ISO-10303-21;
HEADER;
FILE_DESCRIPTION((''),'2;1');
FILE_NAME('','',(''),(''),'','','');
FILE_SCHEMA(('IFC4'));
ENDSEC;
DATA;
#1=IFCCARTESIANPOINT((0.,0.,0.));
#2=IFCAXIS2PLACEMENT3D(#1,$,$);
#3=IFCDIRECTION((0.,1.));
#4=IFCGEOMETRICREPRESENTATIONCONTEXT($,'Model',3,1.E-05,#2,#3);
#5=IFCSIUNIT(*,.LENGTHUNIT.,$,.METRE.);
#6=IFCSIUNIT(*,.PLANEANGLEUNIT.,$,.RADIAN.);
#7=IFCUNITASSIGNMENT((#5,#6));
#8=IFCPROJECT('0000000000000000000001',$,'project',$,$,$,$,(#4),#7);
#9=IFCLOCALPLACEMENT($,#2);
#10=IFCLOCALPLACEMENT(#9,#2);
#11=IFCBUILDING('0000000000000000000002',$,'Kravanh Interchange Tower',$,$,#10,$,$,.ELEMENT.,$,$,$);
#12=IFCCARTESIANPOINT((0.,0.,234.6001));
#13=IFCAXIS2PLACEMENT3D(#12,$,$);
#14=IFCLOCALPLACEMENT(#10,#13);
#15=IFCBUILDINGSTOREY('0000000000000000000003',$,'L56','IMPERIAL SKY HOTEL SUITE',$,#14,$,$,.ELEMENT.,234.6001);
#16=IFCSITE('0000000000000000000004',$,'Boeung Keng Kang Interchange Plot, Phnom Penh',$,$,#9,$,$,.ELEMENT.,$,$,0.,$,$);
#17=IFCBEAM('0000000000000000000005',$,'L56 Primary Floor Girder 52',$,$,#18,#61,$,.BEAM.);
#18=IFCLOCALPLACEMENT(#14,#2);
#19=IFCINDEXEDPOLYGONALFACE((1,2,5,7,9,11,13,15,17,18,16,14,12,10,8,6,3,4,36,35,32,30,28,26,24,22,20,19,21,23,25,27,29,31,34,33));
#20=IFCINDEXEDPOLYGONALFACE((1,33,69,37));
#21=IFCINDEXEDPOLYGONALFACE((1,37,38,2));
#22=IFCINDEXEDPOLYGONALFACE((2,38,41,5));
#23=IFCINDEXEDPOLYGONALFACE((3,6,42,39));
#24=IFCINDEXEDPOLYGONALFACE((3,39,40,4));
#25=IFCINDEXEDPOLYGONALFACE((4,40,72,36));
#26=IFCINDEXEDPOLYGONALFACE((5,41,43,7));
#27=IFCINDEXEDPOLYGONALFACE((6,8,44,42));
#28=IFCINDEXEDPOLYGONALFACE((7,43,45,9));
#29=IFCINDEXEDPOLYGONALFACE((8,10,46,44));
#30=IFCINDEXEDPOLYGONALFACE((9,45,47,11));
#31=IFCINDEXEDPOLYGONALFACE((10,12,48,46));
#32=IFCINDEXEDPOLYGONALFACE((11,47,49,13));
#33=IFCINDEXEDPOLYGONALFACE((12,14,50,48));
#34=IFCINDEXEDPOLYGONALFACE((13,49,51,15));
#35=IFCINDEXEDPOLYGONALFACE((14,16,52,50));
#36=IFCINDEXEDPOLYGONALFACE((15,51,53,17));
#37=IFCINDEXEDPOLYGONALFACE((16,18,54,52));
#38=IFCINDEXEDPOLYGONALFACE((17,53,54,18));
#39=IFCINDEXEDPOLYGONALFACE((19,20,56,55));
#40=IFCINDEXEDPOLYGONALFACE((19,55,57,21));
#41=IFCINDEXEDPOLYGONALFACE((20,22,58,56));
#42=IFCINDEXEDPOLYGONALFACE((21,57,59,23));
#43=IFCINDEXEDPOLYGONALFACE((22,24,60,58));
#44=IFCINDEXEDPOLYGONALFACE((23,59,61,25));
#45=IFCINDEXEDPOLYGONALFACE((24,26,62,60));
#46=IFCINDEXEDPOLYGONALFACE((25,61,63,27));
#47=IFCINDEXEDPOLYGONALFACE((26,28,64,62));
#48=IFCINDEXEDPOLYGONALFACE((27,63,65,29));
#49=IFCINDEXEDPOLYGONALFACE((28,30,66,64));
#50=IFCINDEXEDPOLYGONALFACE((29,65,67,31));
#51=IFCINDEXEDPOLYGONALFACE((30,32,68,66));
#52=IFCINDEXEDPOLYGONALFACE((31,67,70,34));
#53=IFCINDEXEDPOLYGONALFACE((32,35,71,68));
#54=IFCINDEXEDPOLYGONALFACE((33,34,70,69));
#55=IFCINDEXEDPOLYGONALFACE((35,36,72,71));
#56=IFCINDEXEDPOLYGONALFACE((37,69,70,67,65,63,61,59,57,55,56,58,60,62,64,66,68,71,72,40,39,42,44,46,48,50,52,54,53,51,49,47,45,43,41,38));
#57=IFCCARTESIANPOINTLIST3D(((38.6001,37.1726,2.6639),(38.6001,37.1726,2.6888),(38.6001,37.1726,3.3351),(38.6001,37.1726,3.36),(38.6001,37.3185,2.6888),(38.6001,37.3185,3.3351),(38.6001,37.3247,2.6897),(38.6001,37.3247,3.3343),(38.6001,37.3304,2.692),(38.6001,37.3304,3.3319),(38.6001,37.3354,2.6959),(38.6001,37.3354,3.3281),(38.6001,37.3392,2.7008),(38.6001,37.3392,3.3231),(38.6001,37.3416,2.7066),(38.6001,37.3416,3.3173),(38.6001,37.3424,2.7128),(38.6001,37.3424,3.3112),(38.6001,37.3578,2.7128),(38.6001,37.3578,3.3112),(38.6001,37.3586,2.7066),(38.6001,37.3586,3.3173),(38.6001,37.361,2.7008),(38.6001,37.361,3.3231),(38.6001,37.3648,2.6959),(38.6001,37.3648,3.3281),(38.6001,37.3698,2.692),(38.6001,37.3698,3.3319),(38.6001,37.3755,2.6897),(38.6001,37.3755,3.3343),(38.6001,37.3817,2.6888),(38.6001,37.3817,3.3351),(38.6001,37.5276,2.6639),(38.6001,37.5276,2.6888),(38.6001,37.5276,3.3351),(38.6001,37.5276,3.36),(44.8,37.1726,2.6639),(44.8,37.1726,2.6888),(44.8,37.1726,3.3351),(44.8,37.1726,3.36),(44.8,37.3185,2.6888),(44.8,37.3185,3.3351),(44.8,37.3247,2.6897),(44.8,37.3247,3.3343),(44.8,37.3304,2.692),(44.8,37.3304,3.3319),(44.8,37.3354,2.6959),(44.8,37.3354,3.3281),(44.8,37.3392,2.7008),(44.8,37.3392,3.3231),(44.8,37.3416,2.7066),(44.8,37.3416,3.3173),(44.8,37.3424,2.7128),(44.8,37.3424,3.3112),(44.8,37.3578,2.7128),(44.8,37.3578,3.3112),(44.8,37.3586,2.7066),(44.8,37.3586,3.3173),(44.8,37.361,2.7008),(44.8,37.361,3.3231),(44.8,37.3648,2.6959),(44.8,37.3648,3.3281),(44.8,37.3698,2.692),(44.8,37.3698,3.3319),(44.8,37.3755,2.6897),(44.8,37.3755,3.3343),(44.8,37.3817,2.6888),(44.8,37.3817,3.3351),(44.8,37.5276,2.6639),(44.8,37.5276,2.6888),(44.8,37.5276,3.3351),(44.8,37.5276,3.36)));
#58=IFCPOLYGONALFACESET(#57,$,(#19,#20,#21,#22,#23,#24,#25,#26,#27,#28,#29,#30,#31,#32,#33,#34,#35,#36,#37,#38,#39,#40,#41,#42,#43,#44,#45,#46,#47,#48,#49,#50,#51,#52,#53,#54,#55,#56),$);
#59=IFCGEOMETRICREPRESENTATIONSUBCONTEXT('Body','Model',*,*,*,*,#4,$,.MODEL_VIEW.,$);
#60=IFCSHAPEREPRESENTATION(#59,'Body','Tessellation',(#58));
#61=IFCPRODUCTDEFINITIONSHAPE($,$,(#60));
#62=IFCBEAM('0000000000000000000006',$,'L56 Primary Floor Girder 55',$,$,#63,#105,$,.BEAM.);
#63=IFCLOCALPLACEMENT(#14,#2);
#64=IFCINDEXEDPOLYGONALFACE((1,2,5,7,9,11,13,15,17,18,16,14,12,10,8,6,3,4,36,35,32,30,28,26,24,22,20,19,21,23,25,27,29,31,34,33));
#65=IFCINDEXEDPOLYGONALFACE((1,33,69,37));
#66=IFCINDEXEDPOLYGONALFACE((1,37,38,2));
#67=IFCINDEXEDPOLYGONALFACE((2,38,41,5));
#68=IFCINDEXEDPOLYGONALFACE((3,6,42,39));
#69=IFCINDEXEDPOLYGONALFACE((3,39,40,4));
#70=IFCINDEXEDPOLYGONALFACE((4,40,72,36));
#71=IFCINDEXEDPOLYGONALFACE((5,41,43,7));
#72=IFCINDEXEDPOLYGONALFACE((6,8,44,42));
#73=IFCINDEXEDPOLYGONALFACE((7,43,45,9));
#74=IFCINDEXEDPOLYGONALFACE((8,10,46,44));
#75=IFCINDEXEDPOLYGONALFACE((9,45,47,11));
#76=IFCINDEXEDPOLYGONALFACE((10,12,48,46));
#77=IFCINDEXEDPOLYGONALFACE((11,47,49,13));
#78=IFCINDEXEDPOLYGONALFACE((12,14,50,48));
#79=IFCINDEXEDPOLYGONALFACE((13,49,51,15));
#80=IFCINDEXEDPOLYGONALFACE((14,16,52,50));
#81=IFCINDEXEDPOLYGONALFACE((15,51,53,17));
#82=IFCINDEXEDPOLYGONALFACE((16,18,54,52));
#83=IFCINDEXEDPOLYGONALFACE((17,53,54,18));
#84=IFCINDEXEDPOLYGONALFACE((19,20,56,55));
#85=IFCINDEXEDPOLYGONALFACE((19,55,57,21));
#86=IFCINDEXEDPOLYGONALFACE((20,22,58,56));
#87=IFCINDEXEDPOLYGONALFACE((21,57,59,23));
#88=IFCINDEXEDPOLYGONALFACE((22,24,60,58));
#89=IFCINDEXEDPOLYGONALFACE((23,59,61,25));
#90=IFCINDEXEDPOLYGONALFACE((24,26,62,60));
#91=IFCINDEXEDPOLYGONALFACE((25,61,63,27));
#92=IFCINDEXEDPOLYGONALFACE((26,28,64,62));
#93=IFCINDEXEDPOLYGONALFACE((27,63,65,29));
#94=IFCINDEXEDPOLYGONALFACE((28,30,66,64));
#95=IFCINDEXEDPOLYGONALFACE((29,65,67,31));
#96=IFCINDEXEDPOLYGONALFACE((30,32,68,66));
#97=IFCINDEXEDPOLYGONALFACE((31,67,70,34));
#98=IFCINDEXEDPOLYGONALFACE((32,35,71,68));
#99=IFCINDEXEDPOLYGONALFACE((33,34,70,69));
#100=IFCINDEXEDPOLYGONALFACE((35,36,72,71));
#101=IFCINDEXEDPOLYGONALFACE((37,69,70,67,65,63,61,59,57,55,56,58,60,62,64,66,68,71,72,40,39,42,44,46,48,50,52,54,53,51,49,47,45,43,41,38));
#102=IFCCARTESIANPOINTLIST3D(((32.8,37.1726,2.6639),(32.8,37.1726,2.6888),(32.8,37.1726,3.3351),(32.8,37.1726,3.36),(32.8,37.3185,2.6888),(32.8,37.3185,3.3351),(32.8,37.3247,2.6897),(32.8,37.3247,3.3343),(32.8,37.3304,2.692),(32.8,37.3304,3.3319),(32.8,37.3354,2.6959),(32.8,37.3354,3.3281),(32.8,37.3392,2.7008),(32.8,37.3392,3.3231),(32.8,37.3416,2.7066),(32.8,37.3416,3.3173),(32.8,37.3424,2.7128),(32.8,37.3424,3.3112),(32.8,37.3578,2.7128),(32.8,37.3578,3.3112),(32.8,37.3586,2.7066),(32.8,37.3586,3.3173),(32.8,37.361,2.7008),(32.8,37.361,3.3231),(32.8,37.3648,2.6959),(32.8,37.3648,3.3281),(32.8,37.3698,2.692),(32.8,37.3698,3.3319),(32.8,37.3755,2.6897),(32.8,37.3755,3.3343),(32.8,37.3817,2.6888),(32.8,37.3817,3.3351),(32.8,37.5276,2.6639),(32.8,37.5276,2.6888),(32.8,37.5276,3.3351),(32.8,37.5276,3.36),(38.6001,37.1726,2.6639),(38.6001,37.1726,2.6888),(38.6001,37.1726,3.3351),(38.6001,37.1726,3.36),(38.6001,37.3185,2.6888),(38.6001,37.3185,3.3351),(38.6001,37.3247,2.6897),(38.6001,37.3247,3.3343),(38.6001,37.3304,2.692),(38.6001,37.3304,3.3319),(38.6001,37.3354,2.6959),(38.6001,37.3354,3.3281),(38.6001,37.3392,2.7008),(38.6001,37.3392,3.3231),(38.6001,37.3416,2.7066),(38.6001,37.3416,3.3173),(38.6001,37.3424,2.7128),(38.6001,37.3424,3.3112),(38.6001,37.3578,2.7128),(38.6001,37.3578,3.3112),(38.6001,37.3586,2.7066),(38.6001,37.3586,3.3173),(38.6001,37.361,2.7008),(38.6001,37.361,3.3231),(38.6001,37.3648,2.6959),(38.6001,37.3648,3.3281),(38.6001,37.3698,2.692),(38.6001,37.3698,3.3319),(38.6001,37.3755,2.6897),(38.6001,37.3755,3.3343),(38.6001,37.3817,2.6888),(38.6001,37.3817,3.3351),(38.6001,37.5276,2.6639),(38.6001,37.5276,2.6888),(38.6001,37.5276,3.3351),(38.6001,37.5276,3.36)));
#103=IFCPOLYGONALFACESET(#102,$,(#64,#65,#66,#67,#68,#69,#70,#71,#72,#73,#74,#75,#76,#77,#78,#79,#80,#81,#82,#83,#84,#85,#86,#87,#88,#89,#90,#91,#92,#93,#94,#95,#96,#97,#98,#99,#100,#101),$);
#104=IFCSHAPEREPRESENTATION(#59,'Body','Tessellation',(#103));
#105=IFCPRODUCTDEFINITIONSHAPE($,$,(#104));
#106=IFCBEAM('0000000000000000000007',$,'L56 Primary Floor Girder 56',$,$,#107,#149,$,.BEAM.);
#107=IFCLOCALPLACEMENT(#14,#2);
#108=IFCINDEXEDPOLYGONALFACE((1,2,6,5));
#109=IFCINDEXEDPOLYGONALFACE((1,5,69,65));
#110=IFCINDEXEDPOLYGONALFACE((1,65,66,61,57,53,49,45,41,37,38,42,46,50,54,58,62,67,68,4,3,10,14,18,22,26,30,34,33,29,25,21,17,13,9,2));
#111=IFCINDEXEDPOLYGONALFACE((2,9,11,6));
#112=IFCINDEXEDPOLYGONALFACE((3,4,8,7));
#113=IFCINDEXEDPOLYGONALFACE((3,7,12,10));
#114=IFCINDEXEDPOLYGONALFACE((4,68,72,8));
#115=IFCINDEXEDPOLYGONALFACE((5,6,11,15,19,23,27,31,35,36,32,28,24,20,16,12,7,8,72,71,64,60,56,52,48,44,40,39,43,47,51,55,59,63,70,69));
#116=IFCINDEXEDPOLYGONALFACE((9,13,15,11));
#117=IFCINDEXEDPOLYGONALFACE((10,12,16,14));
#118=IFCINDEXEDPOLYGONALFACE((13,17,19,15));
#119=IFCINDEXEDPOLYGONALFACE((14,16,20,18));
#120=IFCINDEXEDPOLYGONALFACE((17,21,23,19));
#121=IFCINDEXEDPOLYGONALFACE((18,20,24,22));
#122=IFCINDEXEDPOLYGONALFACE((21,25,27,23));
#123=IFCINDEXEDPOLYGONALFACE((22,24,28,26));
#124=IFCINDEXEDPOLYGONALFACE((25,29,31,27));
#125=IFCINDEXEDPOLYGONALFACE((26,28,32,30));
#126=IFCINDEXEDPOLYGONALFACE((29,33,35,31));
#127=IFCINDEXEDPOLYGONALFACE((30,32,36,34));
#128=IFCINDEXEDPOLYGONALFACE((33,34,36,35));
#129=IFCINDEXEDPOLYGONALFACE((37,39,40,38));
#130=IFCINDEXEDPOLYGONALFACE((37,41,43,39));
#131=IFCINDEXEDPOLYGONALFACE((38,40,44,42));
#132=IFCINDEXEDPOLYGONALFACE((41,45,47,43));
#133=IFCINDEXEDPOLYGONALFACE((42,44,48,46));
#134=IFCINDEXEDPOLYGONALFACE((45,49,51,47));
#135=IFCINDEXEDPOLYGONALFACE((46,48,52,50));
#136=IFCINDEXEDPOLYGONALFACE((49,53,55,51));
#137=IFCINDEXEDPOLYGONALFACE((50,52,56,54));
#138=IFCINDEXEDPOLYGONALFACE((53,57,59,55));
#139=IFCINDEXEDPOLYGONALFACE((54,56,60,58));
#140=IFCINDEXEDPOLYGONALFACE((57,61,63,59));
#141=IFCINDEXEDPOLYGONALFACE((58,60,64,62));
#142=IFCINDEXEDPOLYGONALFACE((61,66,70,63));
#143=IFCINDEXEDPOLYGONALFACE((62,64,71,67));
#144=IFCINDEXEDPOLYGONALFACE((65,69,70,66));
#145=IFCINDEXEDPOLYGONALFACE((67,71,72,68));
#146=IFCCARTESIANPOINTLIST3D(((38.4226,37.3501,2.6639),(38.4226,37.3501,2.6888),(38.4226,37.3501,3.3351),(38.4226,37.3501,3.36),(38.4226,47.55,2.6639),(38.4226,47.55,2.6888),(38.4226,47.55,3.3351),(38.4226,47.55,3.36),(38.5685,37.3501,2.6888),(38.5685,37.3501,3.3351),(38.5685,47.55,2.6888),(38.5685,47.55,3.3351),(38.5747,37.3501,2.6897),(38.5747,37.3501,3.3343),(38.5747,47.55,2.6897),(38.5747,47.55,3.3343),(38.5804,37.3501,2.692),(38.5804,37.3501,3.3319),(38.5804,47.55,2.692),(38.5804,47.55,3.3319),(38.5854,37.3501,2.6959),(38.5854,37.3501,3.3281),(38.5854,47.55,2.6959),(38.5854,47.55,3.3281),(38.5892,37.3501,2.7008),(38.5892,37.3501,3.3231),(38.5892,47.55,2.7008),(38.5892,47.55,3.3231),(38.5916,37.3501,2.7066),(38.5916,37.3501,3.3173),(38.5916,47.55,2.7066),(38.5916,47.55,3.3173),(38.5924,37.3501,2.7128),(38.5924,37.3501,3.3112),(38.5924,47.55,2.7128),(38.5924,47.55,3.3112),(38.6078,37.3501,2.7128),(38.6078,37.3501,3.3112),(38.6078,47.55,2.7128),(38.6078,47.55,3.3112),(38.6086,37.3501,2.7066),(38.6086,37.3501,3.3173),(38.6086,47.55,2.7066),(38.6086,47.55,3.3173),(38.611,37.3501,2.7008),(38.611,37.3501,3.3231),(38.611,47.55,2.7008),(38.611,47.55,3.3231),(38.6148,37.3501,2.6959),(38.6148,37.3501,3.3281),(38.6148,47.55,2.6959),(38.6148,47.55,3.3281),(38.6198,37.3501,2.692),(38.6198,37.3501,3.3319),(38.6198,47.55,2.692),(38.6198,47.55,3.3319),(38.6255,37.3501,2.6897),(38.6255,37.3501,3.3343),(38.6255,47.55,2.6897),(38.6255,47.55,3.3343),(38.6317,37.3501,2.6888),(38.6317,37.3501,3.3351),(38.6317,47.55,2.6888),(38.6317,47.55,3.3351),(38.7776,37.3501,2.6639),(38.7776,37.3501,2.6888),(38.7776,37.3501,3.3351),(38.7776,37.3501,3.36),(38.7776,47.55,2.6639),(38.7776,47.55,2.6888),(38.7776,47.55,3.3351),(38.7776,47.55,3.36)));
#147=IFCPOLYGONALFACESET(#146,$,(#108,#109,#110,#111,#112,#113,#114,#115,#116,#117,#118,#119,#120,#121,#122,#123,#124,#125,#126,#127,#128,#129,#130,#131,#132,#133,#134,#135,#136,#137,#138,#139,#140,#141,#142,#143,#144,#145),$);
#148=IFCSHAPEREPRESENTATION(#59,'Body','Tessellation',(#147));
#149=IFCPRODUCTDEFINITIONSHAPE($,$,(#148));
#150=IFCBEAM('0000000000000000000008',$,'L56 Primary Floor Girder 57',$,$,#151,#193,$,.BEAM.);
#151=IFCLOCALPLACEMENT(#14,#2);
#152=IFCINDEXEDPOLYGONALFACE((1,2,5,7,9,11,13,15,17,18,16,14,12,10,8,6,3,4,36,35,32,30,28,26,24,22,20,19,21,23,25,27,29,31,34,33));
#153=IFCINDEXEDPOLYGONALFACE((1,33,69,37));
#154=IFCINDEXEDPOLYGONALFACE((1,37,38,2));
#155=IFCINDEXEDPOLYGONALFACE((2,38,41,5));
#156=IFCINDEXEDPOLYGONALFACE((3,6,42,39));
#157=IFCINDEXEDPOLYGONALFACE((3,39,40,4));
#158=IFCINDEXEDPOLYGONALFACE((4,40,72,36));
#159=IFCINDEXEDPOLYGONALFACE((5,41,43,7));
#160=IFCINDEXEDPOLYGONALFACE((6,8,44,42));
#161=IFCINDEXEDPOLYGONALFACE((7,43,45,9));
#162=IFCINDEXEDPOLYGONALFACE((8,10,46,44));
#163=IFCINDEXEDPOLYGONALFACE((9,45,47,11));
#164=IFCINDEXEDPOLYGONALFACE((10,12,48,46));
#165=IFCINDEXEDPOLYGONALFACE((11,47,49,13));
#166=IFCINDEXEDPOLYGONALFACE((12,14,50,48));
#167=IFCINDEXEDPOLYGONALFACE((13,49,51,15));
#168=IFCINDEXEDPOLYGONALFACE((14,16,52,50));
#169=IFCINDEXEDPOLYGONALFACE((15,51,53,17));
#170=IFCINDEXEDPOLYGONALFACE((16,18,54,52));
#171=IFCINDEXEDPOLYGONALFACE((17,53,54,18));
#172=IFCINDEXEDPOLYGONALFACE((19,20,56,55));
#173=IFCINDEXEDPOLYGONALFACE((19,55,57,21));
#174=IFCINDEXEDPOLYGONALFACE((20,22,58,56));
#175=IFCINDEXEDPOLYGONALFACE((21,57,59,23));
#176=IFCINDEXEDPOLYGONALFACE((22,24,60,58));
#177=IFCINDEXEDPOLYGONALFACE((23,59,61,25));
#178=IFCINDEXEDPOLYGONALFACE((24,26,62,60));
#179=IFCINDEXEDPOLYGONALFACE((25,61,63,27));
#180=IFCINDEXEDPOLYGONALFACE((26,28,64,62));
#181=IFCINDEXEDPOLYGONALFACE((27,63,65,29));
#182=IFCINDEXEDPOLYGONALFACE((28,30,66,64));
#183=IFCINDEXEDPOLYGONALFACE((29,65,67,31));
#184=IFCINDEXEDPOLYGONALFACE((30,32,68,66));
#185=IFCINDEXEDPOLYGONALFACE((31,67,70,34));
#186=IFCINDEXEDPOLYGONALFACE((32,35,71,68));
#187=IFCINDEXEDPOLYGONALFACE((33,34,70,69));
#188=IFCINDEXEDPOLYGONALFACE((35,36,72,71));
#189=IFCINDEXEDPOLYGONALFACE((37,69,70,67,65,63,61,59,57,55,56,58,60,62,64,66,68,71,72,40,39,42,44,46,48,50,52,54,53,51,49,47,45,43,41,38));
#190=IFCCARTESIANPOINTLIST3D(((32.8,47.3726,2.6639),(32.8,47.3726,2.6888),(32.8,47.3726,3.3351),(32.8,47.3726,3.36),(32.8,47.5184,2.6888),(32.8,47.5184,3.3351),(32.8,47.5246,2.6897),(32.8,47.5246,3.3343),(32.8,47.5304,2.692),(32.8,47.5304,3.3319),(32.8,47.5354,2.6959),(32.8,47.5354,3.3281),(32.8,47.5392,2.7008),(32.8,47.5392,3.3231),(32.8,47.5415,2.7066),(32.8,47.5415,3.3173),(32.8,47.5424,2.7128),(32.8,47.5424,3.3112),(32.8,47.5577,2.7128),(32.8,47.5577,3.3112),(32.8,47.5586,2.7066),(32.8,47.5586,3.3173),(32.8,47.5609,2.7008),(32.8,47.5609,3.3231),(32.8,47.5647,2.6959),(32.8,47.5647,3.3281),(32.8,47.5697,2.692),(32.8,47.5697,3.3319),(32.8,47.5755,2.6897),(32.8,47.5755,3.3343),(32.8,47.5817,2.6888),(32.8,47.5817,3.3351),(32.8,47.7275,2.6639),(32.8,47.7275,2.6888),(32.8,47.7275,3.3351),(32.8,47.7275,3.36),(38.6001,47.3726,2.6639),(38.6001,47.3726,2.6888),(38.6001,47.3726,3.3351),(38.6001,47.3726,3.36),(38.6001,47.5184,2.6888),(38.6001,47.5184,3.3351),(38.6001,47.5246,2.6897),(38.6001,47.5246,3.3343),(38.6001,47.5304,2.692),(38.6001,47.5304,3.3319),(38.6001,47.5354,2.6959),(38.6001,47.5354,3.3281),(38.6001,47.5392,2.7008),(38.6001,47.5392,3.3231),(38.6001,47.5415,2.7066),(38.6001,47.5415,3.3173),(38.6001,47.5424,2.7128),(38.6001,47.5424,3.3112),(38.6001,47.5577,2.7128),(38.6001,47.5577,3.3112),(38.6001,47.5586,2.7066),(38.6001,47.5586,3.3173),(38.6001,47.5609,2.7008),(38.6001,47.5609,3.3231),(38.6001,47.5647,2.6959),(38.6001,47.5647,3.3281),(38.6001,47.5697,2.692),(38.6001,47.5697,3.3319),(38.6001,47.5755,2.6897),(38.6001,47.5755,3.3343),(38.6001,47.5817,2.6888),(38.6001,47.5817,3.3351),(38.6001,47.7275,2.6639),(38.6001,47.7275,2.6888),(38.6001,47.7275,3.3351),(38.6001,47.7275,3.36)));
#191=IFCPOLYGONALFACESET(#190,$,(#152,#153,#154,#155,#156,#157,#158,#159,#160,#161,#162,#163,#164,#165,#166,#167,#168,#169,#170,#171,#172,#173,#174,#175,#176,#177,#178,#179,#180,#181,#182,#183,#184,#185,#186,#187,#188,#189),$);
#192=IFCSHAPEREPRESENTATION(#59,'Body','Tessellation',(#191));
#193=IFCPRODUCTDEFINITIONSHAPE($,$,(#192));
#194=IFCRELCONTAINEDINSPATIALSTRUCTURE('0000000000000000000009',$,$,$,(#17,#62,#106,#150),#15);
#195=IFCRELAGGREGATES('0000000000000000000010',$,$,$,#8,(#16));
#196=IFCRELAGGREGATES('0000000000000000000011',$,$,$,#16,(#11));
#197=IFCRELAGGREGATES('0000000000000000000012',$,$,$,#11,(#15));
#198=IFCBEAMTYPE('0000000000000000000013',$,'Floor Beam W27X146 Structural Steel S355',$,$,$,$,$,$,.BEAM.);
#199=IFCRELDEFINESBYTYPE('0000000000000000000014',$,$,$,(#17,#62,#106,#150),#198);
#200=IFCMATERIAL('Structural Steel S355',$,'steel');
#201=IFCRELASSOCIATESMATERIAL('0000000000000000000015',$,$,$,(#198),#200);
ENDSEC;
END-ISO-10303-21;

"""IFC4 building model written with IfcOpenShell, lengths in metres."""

from ifc_helpers import new_model, si_unit, direction, frame, origin, origin_2d, place, context, subcontext, project, spatial, i_section, extrude, material, material_profile, profile_set, type_object, element, save


model = new_model("IFC4")

# Units and contexts
model_context = context("Model", 3, precision=1e-05, world=origin(), true_north=direction((0.0, 1.0)))
body_context = subcontext(model_context, "Body", "Model", "MODEL_VIEW")
ifc_project = project(units=[si_unit("LENGTHUNIT", "METRE"), si_unit("PLANEANGLEUNIT", "RADIAN")], contexts=[model_context])

# Site, building, storey
site_placement = place(None, origin())
site = spatial("IfcSite", under=ifc_project, at=site_placement, Name="Boeung Keng Kang Interchange Plot, Phnom Penh", CompositionType="ELEMENT", RefElevation=0.0)
building_placement = place(site_placement, origin())
building = spatial("IfcBuilding", under=site, at=building_placement, Name="Kravanh Interchange Tower", CompositionType="ELEMENT")
storey_placement = place(building_placement, frame((0.0, 0.0, 234.6001)))
storey = spatial("IfcBuildingStorey", under=building, at=storey_placement, Name="L56", Description="IMPERIAL SKY HOTEL SUITE", CompositionType="ELEMENT", Elevation=234.6001)

# Beams
ifc_material_1 = material(Name="Structural Steel S355", Category="steel")
ifc_material_profile_1 = material_profile(ifc_material_1, i_section(OverallWidth=0.355, OverallDepth=0.696, WebThickness=0.0154, FlangeThickness=0.0249, FilletRadius=0.0239, at=origin_2d()), Name="W27X146")
ifc_profile_set_1 = profile_set([ifc_material_profile_1], Name="Structural Steel S355")
beam_type_1 = type_object("IfcBeamType", Name="Floor Beam W27X146 Structural Steel S355", PredefinedType="BEAM", material=ifc_profile_set_1)
beam_1_placement = place(storey_placement, frame((44.8, 37.3501, 3.012), z_axis=(-1.0, 0.0, 0.0), x_axis=(0.0, -1.0, 0.0)))
element("IfcBeam", 1, at=beam_1_placement, inside=storey, type_object=beam_type_1, Name="L56 Primary Floor Girder 52", PredefinedType="BEAM", context=body_context, shape_type="SweptSolid", body=[
    extrude(i_section(OverallWidth=0.355, OverallDepth=0.696, WebThickness=0.0154, FlangeThickness=0.0249, FilletRadius=0.0239, at=origin_2d()), origin(), (0.0, 0.0, 1.0), 6.2),
])
beam_2_placement = place(storey_placement, frame((38.6001, 37.3501, 3.012), z_axis=(-1.0, 0.0, 0.0), x_axis=(0.0, -1.0, 0.0)))
element("IfcBeam", 2, at=beam_2_placement, inside=storey, type_object=beam_type_1, Name="L56 Primary Floor Girder 55", PredefinedType="BEAM", context=body_context, shape_type="SweptSolid", body=[
    extrude(i_section(OverallWidth=0.355, OverallDepth=0.696, WebThickness=0.0154, FlangeThickness=0.0249, FilletRadius=0.0239, at=origin_2d()), origin(), (0.0, 0.0, 1.0), 5.8),
])
beam_3_placement = place(storey_placement, frame((38.6001, 37.3501, 3.012), z_axis=(0.0, 1.0, 0.0), x_axis=(-1.0, 0.0, 0.0)))
element("IfcBeam", 3, at=beam_3_placement, inside=storey, type_object=beam_type_1, Name="L56 Primary Floor Girder 56", PredefinedType="BEAM", context=body_context, shape_type="SweptSolid", body=[
    extrude(i_section(OverallWidth=0.355, OverallDepth=0.696, WebThickness=0.0154, FlangeThickness=0.0249, FilletRadius=0.0239, at=origin_2d()), origin(), (0.0, 0.0, 1.0), 10.2),
])
beam_4_placement = place(storey_placement, frame((38.6001, 47.55, 3.012), z_axis=(-1.0, 0.0, 0.0), x_axis=(0.0, -1.0, 0.0)))
element("IfcBeam", 4, at=beam_4_placement, inside=storey, type_object=beam_type_1, Name="L56 Primary Floor Girder 57", PredefinedType="BEAM", context=body_context, shape_type="SweptSolid", body=[
    extrude(i_section(OverallWidth=0.355, OverallDepth=0.696, WebThickness=0.0154, FlangeThickness=0.0249, FilletRadius=0.0239, at=origin_2d()), origin(), (0.0, 0.0, 1.0), 5.8),
])

save(model, "model.ifc")
